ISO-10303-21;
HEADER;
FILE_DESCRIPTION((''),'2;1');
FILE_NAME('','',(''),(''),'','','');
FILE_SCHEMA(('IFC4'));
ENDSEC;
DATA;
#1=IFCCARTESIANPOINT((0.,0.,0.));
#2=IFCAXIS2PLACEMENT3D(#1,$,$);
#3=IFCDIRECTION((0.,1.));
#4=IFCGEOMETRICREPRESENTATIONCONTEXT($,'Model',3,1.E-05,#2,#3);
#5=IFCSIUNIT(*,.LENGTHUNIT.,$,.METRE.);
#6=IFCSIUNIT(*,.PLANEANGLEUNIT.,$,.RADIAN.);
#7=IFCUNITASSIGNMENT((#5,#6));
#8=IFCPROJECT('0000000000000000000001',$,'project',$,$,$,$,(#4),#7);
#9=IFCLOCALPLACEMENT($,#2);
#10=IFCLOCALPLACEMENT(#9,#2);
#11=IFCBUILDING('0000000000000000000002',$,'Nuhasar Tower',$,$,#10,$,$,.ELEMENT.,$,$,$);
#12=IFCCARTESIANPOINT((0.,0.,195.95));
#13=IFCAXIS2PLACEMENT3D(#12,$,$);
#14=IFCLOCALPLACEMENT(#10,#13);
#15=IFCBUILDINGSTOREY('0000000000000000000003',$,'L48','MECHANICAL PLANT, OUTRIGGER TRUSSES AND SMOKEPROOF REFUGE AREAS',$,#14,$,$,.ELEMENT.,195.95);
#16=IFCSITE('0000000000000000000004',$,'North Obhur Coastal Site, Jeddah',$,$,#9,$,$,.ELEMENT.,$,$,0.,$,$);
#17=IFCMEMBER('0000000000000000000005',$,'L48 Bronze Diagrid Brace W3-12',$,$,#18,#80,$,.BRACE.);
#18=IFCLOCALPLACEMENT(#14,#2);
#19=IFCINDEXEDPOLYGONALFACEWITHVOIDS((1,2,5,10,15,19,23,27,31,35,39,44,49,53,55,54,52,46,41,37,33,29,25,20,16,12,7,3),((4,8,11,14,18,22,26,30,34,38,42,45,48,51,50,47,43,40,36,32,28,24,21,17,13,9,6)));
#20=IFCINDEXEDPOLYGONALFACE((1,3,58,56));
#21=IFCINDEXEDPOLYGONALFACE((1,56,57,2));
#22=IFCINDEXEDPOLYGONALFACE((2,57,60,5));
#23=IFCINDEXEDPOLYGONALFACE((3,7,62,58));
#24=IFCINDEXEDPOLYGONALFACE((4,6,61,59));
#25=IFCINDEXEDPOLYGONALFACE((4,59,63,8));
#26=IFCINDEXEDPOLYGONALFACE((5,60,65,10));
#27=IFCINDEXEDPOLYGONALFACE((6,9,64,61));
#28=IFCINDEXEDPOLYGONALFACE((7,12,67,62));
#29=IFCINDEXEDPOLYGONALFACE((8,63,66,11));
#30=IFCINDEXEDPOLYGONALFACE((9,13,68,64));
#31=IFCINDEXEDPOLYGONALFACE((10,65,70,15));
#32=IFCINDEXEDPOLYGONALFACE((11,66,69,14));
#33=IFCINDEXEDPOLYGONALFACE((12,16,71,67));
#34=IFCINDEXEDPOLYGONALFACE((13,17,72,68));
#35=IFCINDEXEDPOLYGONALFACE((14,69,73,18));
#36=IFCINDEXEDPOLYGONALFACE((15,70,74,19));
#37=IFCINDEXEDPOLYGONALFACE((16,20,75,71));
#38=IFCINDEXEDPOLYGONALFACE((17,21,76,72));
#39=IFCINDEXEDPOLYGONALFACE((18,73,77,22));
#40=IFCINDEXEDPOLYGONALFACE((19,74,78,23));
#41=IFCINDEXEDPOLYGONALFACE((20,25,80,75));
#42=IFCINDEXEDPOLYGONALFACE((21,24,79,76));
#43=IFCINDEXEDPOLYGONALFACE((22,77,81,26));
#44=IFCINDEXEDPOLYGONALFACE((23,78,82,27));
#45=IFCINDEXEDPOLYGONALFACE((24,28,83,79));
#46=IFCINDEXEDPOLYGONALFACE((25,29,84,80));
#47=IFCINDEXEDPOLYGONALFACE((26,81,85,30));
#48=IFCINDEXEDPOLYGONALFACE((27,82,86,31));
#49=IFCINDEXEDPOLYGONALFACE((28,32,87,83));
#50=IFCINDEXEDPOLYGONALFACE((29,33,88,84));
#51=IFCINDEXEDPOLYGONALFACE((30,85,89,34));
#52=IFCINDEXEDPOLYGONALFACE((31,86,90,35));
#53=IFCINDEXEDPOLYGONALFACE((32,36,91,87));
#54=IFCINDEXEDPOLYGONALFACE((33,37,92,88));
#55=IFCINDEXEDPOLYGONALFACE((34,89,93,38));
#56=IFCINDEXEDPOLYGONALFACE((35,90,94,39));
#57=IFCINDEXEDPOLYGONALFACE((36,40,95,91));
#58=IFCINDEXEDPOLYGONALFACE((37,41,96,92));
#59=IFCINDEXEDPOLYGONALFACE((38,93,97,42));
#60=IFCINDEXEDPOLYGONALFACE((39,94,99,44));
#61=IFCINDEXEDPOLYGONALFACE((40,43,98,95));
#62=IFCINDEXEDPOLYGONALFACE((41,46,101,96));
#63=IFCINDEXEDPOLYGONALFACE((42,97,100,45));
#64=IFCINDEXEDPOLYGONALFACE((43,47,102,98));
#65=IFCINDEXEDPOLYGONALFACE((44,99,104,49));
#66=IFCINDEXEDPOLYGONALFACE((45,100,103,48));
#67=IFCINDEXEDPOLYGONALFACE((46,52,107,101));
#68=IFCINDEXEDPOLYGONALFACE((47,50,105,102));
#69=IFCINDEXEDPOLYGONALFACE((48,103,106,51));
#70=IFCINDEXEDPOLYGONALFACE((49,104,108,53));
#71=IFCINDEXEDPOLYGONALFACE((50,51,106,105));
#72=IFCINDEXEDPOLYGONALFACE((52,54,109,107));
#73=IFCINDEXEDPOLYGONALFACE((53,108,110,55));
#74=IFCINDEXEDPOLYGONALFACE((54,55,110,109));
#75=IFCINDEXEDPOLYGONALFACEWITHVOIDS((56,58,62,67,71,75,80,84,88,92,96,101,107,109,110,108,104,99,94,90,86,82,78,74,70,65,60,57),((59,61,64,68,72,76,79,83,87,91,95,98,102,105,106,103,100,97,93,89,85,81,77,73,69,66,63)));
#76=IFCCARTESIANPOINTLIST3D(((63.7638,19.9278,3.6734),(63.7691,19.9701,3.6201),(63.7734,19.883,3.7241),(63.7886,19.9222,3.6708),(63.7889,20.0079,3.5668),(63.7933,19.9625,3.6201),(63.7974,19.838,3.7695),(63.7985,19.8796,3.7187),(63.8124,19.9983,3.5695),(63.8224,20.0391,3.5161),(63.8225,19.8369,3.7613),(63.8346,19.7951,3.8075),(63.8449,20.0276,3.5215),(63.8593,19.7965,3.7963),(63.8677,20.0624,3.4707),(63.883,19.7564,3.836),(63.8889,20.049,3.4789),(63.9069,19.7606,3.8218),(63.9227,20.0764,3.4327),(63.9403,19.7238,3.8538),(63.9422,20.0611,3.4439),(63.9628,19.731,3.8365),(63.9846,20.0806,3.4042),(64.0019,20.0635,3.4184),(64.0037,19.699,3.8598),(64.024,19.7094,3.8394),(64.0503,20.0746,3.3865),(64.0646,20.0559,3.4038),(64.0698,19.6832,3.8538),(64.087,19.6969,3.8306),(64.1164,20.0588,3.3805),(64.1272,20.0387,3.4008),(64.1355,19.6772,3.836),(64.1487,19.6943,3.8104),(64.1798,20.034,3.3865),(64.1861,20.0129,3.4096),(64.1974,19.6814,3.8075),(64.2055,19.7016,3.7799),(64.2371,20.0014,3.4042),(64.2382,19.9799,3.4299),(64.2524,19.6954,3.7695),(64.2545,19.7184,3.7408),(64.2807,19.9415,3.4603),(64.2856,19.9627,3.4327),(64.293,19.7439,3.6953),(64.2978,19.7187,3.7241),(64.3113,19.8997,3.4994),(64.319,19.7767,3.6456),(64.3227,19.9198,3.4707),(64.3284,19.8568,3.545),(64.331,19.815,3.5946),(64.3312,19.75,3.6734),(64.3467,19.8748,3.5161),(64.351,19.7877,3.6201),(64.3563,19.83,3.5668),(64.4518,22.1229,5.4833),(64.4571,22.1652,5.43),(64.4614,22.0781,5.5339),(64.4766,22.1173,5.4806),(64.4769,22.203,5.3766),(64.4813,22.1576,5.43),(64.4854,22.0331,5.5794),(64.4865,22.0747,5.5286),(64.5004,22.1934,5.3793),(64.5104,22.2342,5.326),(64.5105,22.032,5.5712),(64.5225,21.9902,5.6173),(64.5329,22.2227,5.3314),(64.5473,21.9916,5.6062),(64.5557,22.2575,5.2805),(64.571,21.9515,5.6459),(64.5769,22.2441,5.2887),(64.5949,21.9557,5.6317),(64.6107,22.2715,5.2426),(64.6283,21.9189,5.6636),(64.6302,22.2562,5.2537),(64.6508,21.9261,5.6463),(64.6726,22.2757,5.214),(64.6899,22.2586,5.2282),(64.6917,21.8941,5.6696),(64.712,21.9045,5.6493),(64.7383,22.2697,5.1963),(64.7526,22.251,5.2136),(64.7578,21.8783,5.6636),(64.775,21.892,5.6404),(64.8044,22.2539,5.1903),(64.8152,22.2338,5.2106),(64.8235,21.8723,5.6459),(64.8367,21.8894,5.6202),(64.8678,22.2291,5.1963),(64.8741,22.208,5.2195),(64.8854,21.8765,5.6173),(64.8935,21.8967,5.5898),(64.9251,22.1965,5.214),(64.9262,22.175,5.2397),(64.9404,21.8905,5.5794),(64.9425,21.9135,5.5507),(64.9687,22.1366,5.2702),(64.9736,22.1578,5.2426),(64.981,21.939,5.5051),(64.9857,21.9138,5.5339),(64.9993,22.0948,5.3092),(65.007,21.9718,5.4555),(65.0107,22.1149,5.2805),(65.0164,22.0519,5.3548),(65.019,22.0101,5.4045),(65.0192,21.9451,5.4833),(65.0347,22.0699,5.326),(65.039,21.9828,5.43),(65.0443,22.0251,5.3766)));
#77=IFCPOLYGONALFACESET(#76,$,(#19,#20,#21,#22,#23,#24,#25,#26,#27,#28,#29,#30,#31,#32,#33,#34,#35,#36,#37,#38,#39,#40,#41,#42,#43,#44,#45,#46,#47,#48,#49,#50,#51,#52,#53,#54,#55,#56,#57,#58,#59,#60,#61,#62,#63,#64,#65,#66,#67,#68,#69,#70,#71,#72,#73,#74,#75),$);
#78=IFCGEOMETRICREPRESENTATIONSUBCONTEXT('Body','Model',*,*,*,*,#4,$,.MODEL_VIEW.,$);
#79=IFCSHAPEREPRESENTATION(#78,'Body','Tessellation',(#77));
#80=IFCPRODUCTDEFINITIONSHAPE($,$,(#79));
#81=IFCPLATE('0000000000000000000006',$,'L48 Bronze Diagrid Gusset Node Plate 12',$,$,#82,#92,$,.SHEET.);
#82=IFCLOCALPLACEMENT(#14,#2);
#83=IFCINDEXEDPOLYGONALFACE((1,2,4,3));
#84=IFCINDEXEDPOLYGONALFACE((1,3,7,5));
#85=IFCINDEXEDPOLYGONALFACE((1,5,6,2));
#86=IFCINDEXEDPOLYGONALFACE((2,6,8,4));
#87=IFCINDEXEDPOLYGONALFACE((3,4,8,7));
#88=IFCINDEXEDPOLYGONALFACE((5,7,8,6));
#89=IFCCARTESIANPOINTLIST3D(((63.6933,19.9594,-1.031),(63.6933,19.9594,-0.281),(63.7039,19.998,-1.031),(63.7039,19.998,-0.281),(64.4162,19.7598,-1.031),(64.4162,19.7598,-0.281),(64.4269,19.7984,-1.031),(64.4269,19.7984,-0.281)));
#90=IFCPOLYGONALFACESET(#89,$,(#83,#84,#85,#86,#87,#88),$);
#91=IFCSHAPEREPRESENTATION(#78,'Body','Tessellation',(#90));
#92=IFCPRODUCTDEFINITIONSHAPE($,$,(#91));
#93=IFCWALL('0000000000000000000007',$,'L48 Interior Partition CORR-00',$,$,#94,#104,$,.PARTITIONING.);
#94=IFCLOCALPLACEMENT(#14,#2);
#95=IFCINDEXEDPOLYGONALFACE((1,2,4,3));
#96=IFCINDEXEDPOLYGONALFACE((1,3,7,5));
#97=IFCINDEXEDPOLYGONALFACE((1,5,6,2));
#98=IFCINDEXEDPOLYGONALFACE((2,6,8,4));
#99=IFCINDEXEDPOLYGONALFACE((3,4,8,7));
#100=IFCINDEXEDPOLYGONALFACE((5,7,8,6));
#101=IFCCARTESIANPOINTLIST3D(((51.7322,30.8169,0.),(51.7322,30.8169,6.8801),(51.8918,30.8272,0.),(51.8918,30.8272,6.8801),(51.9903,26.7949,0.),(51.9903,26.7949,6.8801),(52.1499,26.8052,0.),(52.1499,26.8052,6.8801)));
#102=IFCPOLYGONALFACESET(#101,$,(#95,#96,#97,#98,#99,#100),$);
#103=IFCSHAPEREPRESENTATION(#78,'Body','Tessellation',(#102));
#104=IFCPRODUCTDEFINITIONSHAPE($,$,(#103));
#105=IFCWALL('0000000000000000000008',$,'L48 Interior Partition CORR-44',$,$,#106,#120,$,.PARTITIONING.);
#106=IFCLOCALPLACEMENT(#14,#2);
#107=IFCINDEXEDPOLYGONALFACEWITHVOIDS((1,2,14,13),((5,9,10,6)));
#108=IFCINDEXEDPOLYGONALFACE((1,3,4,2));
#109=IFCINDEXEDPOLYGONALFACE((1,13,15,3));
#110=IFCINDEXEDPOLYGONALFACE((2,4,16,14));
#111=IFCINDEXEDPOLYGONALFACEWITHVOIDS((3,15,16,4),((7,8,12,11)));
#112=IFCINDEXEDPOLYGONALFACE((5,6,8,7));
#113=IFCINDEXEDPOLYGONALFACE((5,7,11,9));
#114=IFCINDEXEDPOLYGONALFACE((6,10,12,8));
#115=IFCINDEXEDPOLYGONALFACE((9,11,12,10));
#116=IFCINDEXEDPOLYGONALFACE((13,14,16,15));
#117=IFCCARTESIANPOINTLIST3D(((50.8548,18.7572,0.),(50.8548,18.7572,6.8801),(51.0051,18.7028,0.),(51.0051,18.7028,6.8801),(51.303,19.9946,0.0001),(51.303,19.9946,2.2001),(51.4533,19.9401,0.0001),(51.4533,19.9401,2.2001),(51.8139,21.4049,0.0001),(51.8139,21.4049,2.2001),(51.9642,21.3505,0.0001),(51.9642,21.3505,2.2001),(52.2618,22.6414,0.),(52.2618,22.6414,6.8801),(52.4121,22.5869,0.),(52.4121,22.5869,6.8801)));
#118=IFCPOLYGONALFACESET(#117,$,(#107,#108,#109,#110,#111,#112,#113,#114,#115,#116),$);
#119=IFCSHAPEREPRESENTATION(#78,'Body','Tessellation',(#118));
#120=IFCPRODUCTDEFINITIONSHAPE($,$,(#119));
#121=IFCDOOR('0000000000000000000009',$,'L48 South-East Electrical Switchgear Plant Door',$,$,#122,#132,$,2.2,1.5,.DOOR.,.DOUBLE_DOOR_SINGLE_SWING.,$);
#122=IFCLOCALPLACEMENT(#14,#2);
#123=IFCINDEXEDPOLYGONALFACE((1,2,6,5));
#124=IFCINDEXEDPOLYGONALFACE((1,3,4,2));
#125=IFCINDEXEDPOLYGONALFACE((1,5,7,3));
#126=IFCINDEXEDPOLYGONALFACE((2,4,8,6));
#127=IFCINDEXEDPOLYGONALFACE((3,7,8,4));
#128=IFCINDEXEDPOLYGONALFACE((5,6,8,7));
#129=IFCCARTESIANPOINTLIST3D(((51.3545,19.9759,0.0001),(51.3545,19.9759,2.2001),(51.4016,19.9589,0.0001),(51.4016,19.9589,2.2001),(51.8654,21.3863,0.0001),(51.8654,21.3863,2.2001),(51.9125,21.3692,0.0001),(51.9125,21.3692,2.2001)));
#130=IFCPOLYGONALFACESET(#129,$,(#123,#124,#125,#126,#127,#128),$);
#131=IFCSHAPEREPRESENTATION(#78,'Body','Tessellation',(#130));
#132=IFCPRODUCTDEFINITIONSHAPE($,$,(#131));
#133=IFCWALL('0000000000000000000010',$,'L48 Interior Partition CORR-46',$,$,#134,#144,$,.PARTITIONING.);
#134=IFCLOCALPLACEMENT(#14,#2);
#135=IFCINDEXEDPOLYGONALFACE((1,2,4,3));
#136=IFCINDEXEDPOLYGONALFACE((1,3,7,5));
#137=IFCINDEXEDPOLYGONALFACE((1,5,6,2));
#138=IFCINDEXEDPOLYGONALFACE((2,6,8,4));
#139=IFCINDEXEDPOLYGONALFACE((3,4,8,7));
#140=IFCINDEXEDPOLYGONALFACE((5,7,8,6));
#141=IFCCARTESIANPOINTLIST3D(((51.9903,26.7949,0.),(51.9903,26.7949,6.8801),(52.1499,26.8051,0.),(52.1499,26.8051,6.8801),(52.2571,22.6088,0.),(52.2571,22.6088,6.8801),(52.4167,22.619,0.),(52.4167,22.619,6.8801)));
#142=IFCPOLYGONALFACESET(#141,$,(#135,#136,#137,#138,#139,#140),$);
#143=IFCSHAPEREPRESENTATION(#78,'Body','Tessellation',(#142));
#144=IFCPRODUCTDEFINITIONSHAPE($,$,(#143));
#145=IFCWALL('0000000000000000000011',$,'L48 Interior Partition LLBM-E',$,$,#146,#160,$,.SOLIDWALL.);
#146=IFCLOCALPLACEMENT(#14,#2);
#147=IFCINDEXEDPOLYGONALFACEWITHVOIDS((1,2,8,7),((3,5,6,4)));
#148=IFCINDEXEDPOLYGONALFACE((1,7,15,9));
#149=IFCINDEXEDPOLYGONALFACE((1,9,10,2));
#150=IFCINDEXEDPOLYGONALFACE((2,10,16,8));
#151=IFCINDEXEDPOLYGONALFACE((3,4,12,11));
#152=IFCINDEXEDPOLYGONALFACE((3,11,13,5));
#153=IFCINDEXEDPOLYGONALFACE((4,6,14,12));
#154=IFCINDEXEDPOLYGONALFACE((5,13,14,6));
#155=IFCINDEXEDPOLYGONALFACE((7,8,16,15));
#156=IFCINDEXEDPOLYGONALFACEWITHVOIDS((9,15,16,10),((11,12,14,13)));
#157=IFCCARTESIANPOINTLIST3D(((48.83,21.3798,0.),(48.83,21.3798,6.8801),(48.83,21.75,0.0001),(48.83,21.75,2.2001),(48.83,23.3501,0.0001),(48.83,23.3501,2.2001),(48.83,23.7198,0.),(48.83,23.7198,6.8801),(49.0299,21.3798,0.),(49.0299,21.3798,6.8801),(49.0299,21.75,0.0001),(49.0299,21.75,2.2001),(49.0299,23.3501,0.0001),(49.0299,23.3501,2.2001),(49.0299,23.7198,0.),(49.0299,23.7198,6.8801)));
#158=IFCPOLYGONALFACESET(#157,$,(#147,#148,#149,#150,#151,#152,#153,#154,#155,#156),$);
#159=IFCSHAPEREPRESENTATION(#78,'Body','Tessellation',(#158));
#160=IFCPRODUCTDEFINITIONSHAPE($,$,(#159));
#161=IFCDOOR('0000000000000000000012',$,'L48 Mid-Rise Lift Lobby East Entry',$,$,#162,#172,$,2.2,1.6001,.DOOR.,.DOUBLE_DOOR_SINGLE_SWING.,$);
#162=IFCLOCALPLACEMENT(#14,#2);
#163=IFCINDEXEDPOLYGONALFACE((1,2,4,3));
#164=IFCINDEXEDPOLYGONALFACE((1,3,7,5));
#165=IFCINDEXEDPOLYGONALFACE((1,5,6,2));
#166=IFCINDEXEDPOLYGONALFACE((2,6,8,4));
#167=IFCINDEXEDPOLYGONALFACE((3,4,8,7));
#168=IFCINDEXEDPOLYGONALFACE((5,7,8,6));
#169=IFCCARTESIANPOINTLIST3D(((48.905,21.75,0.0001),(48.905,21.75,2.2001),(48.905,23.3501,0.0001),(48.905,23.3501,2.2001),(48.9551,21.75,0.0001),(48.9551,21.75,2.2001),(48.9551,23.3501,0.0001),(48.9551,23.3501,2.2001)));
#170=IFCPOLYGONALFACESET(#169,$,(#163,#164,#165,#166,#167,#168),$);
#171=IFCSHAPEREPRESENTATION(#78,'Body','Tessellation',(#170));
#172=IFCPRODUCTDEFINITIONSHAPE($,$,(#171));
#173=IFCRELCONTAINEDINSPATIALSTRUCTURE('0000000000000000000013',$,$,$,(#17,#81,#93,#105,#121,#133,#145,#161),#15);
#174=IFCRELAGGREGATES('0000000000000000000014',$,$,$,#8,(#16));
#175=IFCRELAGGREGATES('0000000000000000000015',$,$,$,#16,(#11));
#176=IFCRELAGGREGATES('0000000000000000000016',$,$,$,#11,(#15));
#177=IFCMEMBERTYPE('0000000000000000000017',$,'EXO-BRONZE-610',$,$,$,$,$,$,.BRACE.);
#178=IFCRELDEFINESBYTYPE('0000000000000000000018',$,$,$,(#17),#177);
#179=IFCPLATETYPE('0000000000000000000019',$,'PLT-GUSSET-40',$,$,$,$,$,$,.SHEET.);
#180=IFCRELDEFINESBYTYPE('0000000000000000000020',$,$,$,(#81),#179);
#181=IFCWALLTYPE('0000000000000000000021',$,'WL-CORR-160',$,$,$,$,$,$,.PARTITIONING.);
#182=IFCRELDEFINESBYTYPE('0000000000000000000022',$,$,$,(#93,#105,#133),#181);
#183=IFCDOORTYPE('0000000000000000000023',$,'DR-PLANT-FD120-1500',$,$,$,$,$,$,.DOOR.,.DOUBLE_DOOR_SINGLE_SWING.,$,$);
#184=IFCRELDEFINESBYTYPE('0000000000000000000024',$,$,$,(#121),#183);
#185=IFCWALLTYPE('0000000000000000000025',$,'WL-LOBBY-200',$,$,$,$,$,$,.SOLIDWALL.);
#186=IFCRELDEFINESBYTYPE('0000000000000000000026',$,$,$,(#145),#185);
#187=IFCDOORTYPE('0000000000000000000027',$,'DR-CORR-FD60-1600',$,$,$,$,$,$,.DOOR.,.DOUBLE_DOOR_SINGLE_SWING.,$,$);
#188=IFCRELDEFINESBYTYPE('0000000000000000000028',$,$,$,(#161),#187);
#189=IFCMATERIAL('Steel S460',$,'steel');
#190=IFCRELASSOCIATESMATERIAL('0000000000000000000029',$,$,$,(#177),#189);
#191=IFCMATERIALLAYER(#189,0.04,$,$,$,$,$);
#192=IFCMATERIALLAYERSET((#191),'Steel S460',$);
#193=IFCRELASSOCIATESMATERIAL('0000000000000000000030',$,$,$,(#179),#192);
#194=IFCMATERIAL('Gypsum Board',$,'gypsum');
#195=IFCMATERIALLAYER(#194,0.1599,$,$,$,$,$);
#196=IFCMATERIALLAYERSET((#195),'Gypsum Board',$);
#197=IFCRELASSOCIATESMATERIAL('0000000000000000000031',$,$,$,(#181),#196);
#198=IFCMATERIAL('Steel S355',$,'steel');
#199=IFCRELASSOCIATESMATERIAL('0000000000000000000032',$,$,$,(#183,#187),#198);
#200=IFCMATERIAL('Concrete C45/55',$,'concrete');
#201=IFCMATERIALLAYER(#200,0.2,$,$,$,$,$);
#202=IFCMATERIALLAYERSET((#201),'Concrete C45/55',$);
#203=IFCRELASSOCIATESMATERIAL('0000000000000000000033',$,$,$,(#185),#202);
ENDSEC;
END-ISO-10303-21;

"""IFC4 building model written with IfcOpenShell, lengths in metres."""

from ifc_helpers import new_model, si_unit, direction, frame, frame_2d, origin, origin_2d, place, context, subcontext, project, spatial, rectangle, hollow_circle, extrude, material, layer, layer_set, material_profile, profile_set, type_object, element, fill, save


model = new_model("IFC4")

# Units and contexts
model_context = context("Model", 3, precision=1e-05, world=origin(), true_north=direction((0.0, 1.0)))
body_context = subcontext(model_context, "Body", "Model", "MODEL_VIEW")
ifc_project = project(units=[si_unit("LENGTHUNIT", "METRE"), si_unit("PLANEANGLEUNIT", "RADIAN")], contexts=[model_context])

# Site, building, storey
site_placement = place(None, origin())
site = spatial("IfcSite", under=ifc_project, at=site_placement, Name="North Obhur Coastal Site, Jeddah", CompositionType="ELEMENT", RefElevation=0.0)
building_placement = place(site_placement, origin())
building = spatial("IfcBuilding", under=site, at=building_placement, Name="Nuhasar Tower", CompositionType="ELEMENT")
storey_placement = place(building_placement, frame((0.0, 0.0, 195.95)))
storey = spatial("IfcBuildingStorey", under=building, at=storey_placement, Name="L48", Description="MECHANICAL PLANT, OUTRIGGER TRUSSES AND SMOKEPROOF REFUGE AREAS", CompositionType="ELEMENT", Elevation=195.95)

# Shared definitions
ifc_material_1 = material(Name="Steel S460", Category="steel")

# Shared definitions
ifc_material_2 = material(Name="Steel S355", Category="steel")

# Member
ifc_material_profile_1 = material_profile(ifc_material_1, hollow_circle(Radius=0.3049, WallThickness=0.0254, at=origin_2d()), Name="HSS610X25.4")
ifc_profile_set_1 = profile_set([ifc_material_profile_1], Name="Steel S460")
member_type_1 = type_object("IfcMemberType", Name="EXO-BRONZE-610", PredefinedType="BRACE", material=ifc_profile_set_1)
for number, where, z_axis, x_axis, name in (
    (1, (64.0601, 19.8789, 3.6201), (0.235052, 0.749949, 0.618326), (-0.954228, 0.299079, 0.0), "L48 Bronze Diagrid Brace W3-12"),
):
    element("IfcMember", number, at=place(storey_placement, frame(where, z_axis=z_axis, x_axis=x_axis)), inside=storey, type_object=member_type_1, Name=name, PredefinedType="BRACE", context=body_context, shape_type="SweptSolid", body=[
        extrude(hollow_circle(Radius=0.3049, WallThickness=0.0254, at=origin_2d()), origin(), (0.0, 0.0, 1.0), 2.927),
    ])

# Plate
ifc_layer_1 = layer(ifc_material_1, 0.04)
ifc_layer_set_1 = layer_set([ifc_layer_1], Name="Steel S460")
plate_type = type_object("IfcPlateType", Name="PLT-GUSSET-40", PredefinedType="SHEET", material=ifc_layer_set_1)
plate_placement = place(storey_placement, frame((64.0601, 19.8789, -1.031), z_axis=(0.0, 0.0, 1.0), x_axis=(0.963914, -0.266212, 0.0)))
element("IfcPlate", 2, at=plate_placement, inside=storey, type_object=plate_type, Name="L48 Bronze Diagrid Gusset Node Plate 12", PredefinedType="SHEET", context=body_context, shape_type="SweptSolid", body=[
    extrude(rectangle(XDim=0.75, YDim=0.04, at=origin_2d()), origin(), (0.0, 0.0, 1.0), 0.75),
])

# Wall
ifc_material_3 = material(Name="Gypsum Board", Category="gypsum")
ifc_layer_2 = layer(ifc_material_3, 0.1599)
ifc_layer_set_2 = layer_set([ifc_layer_2], Name="Gypsum Board")
wall_type_1 = type_object("IfcWallType", Name="WL-CORR-160", PredefinedType="PARTITIONING", material=ifc_layer_set_2)
wall_1_placement = place(storey_placement, frame((52.0701, 26.8, 0.0), z_axis=(0.0, 0.0, 1.0), x_axis=(-0.06403, 0.997948, 0.0)))
element("IfcWall", 3, at=wall_1_placement, inside=storey, type_object=wall_type_1, Name="L48 Interior Partition CORR-00", PredefinedType="PARTITIONING", context=body_context, shape_type="SweptSolid", body=[
    extrude(rectangle(XDim=4.0303, YDim=0.1599, at=frame_2d((2.0151, 0.0))), origin(), (0.0, 0.0, 1.0), 6.8801),
])

# Wall, opening, door
wall_2_placement = place(storey_placement, frame((52.3369, 22.614, 0.0), z_axis=(0.0, 0.0, 1.0), x_axis=(-0.34059, -0.940212, 0.0)))
wall_2 = element("IfcWall", 4, at=wall_2_placement, inside=storey, type_object=wall_type_1, Name="L48 Interior Partition CORR-44", PredefinedType="PARTITIONING", context=body_context, shape_type="SweptSolid", body=[
    extrude(rectangle(XDim=4.1311, YDim=0.1599, at=frame_2d((2.0654, 0.0))), origin(), (0.0, 0.0, 1.0), 6.8801),
])
opening_1_placement = place(wall_2_placement, frame((1.3149, 0.0, 0.0)))
opening_1 = element("IfcOpeningElement", 5, at=opening_1_placement, cuts=wall_2, PredefinedType="OPENING", context=body_context, shape_type="SweptSolid", body=[
    extrude(rectangle(XDim=1.5, YDim=2.2, at=frame_2d((0.75, 1.1001))), frame((0.0, 0.0898, 0.0), z_axis=(0.0, -1.0, 0.0), x_axis=(1.0, 0.0, 0.0)), (0.0, 0.0, 1.0), 0.1799),
])
door_type_1 = type_object("IfcDoorType", Name="DR-PLANT-FD120-1500", OperationType="DOUBLE_DOOR_SINGLE_SWING", PredefinedType="DOOR", material=ifc_material_2)
door_1_placement = place(opening_1_placement, origin())
door_1 = element("IfcDoor", 6, at=door_1_placement, inside=storey, type_object=door_type_1, Name="L48 South-East Electrical Switchgear Plant Door", OperationType="DOUBLE_DOOR_SINGLE_SWING", OverallHeight=2.2, OverallWidth=1.5, PredefinedType="DOOR", context=body_context, shape_type="SweptSolid", body=[
    extrude(rectangle(XDim=1.5, YDim=2.2, at=frame_2d((0.75, 1.1001))), frame((0.0, 0.0249, 0.0), z_axis=(0.0, -1.0, 0.0), x_axis=(1.0, 0.0, 0.0)), (0.0, 0.0, 1.0), 0.05),
])
fill(opening_1, door_1)

# Wall
wall_3_placement = place(storey_placement, frame((52.3369, 22.614, 0.0), z_axis=(0.0, 0.0, 1.0), x_axis=(-0.063618, 0.997974, 0.0)))
element("IfcWall", 7, at=wall_3_placement, inside=storey, type_object=wall_type_1, Name="L48 Interior Partition CORR-46", PredefinedType="PARTITIONING", context=body_context, shape_type="SweptSolid", body=[
    extrude(rectangle(XDim=4.1946, YDim=0.1599, at=frame_2d((2.0972, 0.0))), origin(), (0.0, 0.0, 1.0), 6.8801),
])

# Wall, opening, door
ifc_material_4 = material(Name="Concrete C45/55", Category="concrete")
ifc_layer_3 = layer(ifc_material_4, 0.2)
ifc_layer_set_3 = layer_set([ifc_layer_3], Name="Concrete C45/55")
wall_type_2 = type_object("IfcWallType", Name="WL-LOBBY-200", PredefinedType="SOLIDWALL", material=ifc_layer_set_3)
wall_4_placement = place(storey_placement, frame((48.9299, 21.3799, 0.0), z_axis=(0.0, 0.0, 1.0), x_axis=(0.0, 1.0, 0.0)))
wall_4 = element("IfcWall", 8, at=wall_4_placement, inside=storey, type_object=wall_type_2, Name="L48 Interior Partition LLBM-E", PredefinedType="SOLIDWALL", context=body_context, shape_type="SweptSolid", body=[
    extrude(rectangle(XDim=2.3401, YDim=0.2, at=frame_2d((1.1699, 0.0))), origin(), (0.0, 0.0, 1.0), 6.8801),
])
opening_2_placement = place(wall_4_placement, frame((0.3701, 0.0, 0.0)))
opening_2 = element("IfcOpeningElement", 9, at=opening_2_placement, cuts=wall_4, PredefinedType="OPENING", context=body_context, shape_type="SweptSolid", body=[
    extrude(rectangle(XDim=1.6001, YDim=2.2, at=frame_2d((0.8, 1.1001))), frame((0.0, 0.1099, 0.0), z_axis=(0.0, -1.0, 0.0), x_axis=(1.0, 0.0, 0.0)), (0.0, 0.0, 1.0), 0.22),
])
door_type_2 = type_object("IfcDoorType", Name="DR-CORR-FD60-1600", OperationType="DOUBLE_DOOR_SINGLE_SWING", PredefinedType="DOOR", material=ifc_material_2)
door_2_placement = place(opening_2_placement, origin())
door_2 = element("IfcDoor", 10, at=door_2_placement, inside=storey, type_object=door_type_2, Name="L48 Mid-Rise Lift Lobby East Entry", OperationType="DOUBLE_DOOR_SINGLE_SWING", OverallHeight=2.2, OverallWidth=1.6001, PredefinedType="DOOR", context=body_context, shape_type="SweptSolid", body=[
    extrude(rectangle(XDim=1.6001, YDim=2.2, at=frame_2d((0.8, 1.1001))), frame((0.0, 0.0249, 0.0), z_axis=(0.0, -1.0, 0.0), x_axis=(1.0, 0.0, 0.0)), (0.0, 0.0, 1.0), 0.05),
])
fill(opening_2, door_2)

save(model, "model.ifc")
